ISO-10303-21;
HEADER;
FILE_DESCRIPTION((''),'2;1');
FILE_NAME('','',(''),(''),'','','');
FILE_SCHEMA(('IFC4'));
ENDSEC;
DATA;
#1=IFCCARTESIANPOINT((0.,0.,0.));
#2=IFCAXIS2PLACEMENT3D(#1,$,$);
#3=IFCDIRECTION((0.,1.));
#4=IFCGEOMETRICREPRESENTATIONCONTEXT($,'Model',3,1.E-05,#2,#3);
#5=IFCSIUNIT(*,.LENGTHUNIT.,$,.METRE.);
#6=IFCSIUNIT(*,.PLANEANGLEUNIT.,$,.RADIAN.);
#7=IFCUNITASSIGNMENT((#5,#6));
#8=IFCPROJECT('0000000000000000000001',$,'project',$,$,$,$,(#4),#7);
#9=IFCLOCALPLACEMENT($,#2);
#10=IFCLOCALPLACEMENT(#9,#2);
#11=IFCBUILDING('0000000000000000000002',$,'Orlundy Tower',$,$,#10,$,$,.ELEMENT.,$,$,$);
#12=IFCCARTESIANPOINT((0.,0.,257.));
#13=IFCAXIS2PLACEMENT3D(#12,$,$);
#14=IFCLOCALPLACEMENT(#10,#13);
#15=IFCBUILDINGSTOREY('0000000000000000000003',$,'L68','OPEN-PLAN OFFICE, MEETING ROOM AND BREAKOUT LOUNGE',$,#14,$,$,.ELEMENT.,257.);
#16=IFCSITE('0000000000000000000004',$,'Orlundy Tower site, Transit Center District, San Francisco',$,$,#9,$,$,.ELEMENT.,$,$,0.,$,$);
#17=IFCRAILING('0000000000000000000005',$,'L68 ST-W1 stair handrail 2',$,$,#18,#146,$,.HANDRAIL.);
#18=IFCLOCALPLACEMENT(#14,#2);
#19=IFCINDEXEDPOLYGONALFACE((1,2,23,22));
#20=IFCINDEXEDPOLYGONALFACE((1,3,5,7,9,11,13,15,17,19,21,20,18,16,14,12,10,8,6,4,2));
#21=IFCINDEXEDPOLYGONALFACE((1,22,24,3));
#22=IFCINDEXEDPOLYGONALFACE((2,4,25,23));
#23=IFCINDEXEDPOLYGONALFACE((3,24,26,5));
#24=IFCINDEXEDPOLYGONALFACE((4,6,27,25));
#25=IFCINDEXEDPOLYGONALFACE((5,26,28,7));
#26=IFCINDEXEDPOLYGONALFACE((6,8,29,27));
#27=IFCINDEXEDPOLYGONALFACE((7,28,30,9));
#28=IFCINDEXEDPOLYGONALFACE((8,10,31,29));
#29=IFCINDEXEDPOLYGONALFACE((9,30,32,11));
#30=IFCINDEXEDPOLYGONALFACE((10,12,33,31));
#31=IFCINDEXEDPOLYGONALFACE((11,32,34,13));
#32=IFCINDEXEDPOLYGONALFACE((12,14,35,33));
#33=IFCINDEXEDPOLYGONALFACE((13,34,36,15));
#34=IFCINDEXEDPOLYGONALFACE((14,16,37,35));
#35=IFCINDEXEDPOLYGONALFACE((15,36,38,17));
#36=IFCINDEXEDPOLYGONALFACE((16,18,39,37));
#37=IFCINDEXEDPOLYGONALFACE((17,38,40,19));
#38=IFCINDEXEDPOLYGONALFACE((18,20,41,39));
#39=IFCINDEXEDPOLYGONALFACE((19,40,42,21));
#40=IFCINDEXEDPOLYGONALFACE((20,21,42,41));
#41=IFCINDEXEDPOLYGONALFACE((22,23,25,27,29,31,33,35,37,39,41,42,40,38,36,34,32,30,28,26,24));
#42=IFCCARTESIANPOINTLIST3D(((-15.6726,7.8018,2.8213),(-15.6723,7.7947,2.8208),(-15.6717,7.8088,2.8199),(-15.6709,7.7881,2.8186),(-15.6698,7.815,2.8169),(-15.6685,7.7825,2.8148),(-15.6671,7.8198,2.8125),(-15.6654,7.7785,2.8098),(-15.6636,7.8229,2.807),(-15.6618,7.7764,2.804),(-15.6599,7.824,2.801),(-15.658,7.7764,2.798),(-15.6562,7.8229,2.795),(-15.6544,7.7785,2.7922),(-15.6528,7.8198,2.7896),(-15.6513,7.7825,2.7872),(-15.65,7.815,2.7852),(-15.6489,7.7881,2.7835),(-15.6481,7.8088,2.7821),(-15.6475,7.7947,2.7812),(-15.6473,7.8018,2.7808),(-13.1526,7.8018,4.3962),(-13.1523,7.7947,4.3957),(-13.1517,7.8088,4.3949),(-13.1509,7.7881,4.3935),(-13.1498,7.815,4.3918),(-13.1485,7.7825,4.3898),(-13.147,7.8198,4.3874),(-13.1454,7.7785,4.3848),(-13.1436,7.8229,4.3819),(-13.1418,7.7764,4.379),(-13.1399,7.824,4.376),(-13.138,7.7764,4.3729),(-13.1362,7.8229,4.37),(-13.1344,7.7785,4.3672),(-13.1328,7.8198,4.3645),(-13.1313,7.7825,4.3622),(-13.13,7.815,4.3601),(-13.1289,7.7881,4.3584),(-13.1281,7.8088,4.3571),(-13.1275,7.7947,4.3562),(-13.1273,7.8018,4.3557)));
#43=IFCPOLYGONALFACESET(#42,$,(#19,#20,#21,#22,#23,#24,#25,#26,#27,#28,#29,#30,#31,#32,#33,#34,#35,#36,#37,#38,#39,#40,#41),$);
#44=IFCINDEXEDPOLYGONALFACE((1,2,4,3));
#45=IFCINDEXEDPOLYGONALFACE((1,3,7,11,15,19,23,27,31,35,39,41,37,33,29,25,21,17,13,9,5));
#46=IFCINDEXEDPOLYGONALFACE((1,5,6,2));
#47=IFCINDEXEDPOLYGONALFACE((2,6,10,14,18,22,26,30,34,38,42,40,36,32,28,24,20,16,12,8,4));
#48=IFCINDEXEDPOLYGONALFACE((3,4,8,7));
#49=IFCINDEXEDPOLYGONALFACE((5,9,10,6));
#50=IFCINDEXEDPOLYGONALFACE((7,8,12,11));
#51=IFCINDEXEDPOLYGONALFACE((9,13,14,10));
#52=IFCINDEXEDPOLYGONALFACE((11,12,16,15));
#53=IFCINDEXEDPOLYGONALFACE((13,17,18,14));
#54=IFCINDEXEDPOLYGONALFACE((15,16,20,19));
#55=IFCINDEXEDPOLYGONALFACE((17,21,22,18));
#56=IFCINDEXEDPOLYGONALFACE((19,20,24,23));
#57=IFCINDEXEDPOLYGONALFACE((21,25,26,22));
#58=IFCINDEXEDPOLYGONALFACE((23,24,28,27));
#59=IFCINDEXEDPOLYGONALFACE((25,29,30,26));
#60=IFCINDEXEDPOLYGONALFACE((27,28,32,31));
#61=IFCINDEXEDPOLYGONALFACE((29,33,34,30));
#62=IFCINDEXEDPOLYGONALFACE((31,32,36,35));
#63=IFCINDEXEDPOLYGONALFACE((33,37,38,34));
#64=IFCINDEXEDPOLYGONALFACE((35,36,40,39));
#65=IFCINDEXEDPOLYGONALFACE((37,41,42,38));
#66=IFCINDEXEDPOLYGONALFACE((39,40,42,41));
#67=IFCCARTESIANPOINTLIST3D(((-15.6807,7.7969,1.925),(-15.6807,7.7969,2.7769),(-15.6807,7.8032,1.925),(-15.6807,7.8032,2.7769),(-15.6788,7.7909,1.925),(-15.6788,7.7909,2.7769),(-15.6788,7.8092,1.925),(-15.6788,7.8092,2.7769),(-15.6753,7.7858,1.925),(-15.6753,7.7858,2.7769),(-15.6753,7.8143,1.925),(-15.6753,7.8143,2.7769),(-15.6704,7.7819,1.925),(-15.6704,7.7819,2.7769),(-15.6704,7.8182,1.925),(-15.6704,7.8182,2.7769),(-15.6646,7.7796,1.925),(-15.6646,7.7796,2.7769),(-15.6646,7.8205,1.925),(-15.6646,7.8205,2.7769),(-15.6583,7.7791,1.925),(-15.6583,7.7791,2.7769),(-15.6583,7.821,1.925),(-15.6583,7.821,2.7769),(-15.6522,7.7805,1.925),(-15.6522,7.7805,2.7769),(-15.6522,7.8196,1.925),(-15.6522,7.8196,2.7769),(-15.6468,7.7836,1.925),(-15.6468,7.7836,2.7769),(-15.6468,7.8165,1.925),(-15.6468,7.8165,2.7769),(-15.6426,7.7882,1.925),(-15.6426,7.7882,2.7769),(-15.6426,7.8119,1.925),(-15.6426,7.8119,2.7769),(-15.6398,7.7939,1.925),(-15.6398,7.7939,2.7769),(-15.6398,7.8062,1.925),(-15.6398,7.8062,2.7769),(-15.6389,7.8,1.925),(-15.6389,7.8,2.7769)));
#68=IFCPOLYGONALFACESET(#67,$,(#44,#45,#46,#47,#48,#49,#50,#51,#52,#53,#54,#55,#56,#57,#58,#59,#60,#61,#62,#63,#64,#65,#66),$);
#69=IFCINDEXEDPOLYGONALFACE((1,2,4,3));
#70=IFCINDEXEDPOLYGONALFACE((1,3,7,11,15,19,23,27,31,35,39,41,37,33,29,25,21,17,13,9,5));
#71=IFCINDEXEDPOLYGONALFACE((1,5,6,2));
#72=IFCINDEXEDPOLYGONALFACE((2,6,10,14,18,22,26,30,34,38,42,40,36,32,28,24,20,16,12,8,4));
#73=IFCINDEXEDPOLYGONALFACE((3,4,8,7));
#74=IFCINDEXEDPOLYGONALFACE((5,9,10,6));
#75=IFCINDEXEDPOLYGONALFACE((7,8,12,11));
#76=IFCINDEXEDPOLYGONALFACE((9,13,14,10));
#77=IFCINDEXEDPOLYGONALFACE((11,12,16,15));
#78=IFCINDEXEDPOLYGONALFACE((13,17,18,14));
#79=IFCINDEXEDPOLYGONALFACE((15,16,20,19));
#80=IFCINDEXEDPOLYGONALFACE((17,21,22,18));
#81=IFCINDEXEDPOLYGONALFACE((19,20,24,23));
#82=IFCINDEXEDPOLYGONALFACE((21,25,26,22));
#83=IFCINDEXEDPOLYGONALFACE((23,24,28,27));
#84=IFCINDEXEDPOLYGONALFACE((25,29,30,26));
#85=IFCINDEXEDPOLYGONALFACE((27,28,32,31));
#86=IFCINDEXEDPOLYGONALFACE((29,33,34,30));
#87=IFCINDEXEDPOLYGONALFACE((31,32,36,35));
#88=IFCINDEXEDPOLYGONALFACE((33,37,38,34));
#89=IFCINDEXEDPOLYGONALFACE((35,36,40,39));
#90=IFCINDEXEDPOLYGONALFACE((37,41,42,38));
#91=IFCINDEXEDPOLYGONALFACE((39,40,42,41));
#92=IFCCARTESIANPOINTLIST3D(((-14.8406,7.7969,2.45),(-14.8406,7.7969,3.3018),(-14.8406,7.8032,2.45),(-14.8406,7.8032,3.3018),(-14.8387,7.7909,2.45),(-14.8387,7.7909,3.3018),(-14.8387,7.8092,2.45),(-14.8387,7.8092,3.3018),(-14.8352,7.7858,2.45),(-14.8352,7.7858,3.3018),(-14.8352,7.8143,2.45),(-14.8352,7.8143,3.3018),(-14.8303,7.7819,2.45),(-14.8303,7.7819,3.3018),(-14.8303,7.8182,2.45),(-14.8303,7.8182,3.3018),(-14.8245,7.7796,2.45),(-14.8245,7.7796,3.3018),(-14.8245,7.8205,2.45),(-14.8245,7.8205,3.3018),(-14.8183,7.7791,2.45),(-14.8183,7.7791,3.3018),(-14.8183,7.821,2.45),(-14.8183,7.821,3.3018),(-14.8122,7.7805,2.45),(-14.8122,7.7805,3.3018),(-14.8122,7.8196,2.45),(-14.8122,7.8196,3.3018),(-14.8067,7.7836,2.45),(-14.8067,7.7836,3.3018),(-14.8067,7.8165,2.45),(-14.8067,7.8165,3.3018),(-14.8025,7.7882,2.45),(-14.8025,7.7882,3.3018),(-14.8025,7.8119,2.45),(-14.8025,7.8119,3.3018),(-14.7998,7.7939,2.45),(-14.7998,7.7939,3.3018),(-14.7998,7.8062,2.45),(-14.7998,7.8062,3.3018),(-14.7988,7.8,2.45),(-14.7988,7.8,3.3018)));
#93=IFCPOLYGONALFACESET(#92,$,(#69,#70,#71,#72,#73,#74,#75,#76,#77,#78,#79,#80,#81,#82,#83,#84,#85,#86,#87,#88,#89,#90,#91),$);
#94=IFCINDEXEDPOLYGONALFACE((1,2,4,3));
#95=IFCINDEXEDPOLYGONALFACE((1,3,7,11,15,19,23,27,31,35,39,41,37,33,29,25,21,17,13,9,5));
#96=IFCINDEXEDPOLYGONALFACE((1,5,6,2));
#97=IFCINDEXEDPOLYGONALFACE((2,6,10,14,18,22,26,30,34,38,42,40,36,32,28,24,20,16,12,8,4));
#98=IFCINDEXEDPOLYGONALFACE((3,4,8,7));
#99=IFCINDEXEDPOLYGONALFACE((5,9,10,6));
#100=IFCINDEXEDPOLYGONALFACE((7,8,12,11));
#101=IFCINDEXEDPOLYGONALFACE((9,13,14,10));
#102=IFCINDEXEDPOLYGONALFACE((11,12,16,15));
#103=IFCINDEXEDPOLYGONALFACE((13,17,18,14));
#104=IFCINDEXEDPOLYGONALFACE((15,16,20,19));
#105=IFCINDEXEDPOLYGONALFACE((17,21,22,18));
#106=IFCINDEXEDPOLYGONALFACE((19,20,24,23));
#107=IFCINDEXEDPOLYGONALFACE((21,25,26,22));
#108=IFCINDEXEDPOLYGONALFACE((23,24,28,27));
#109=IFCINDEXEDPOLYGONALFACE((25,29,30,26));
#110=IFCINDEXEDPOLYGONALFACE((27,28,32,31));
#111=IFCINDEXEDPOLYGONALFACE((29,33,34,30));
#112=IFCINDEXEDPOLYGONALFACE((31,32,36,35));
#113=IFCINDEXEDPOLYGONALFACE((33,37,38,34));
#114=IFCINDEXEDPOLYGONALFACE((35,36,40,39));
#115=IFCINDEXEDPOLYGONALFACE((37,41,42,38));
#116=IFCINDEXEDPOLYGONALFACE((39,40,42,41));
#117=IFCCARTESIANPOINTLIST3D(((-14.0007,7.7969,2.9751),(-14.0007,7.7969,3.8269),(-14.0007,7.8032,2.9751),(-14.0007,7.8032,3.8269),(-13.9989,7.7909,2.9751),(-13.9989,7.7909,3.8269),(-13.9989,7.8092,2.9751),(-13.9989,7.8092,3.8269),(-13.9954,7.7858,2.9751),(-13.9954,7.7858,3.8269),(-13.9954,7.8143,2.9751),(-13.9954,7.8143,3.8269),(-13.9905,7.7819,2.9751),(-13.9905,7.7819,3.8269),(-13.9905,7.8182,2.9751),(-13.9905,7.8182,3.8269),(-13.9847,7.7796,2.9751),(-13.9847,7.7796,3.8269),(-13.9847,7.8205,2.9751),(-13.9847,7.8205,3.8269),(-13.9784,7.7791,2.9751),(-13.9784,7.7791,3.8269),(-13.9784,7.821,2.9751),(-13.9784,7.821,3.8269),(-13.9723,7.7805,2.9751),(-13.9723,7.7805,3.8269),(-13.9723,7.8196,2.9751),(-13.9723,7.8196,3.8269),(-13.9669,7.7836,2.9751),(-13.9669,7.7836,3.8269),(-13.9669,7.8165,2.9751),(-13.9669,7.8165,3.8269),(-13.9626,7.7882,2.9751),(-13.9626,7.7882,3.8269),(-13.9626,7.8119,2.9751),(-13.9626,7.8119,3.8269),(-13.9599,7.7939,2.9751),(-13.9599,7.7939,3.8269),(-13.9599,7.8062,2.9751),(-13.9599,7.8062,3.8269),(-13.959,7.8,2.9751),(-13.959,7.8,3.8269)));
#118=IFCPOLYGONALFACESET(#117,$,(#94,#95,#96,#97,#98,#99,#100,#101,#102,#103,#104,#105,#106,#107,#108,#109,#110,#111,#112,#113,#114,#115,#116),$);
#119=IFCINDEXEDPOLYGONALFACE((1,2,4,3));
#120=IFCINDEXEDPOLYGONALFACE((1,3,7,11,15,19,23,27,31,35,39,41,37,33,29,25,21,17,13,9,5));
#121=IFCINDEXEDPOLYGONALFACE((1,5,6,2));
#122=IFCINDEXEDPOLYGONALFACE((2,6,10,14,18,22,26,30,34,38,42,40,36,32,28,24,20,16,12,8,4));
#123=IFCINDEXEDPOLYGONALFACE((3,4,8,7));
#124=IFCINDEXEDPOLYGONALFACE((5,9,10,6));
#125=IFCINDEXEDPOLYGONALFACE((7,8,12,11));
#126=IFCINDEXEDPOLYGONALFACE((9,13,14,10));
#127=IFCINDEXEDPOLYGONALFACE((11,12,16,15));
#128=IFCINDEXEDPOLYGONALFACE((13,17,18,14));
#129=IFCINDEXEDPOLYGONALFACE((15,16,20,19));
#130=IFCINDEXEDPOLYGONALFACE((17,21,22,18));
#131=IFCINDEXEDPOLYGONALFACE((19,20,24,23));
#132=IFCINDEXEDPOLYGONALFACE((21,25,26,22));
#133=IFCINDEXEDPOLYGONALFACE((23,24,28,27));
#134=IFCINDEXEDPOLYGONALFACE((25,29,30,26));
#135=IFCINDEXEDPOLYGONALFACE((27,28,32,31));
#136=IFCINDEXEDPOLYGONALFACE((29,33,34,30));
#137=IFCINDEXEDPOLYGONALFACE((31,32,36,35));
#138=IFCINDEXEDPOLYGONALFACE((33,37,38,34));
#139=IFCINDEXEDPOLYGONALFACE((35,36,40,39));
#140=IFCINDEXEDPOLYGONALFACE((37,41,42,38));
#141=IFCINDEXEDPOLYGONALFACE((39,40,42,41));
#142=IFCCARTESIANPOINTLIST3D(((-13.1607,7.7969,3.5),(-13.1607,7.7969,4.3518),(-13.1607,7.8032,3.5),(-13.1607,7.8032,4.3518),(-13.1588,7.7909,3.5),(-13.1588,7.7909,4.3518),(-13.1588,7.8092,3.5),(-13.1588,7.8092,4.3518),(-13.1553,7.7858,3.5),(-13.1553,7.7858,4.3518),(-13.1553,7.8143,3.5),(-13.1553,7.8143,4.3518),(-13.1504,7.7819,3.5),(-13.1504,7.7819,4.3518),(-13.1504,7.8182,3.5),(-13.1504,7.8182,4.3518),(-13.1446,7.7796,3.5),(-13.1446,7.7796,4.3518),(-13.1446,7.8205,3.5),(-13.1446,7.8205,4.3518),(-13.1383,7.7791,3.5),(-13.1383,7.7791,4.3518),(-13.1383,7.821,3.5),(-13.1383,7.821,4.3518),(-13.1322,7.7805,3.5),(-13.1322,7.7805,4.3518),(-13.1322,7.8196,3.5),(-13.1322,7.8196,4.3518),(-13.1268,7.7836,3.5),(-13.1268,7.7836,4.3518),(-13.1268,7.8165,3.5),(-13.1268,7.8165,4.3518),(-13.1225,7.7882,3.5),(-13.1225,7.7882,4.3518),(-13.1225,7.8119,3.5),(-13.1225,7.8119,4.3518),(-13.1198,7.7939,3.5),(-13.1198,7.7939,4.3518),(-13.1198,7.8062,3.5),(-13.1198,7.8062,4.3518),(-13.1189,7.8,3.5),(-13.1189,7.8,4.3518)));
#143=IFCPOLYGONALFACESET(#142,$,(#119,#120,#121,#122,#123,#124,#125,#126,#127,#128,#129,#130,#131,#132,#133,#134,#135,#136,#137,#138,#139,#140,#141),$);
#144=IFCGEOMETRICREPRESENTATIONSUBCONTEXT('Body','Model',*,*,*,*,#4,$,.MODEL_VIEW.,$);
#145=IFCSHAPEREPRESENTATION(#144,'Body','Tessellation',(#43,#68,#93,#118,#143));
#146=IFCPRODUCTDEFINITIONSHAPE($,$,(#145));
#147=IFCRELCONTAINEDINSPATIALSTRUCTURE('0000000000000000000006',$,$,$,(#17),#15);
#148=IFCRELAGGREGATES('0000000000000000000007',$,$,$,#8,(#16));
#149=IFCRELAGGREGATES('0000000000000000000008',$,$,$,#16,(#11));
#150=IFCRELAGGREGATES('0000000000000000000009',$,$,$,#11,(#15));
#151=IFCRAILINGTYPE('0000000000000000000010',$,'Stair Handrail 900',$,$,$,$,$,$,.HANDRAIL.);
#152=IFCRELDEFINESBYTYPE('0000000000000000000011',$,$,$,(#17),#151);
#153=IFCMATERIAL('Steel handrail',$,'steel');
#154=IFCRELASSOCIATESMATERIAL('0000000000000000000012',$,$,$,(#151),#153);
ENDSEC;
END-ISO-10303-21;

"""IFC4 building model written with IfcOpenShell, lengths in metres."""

from ifc_helpers import new_model, si_unit, direction, frame, origin, origin_2d, place, context, subcontext, project, spatial, circle, extrude, material, type_object, element, save


model = new_model("IFC4")

# Units and contexts
model_context = context("Model", 3, precision=1e-05, world=origin(), true_north=direction((0.0, 1.0)))
body_context = subcontext(model_context, "Body", "Model", "MODEL_VIEW")
ifc_project = project(units=[si_unit("LENGTHUNIT", "METRE"), si_unit("PLANEANGLEUNIT", "RADIAN")], contexts=[model_context])

# Site, building, storey
site_placement = place(None, origin())
site = spatial("IfcSite", under=ifc_project, at=site_placement, Name="Orlundy Tower site, Transit Center District, San Francisco", CompositionType="ELEMENT", RefElevation=0.0)
building_placement = place(site_placement, origin())
building = spatial("IfcBuilding", under=site, at=building_placement, Name="Orlundy Tower", CompositionType="ELEMENT")
storey_placement = place(building_placement, frame((0.0, 0.0, 257.0)))
storey = spatial("IfcBuildingStorey", under=building, at=storey_placement, Name="L68", Description="OPEN-PLAN OFFICE, MEETING ROOM AND BREAKOUT LOUNGE", CompositionType="ELEMENT", Elevation=257.0)

# Railing
ifc_material_1 = material(Name="Steel handrail", Category="steel")
railing_type_1 = type_object("IfcRailingType", Name="Stair Handrail 900", PredefinedType="HANDRAIL", material=ifc_material_1)
railing_1_placement = place(storey_placement, frame((-15.6599, 7.8, 1.925)))
element("IfcRailing", 1, at=railing_1_placement, inside=storey, type_object=railing_type_1, Name="L68 ST-W1 stair handrail 2", PredefinedType="HANDRAIL", context=body_context, shape_type="SweptSolid", body=[
    extrude(circle(Radius=0.0239, at=origin_2d()), frame((0.0, 0.0, 0.876), z_axis=(0.848008, 0.0, 0.529984), x_axis=(0.0, 1.0, 0.0)), (0.0, 0.0, 1.0), 2.9717),
    extrude(circle(Radius=0.021, at=origin_2d()), origin(), (0.0, 0.0, 1.0), 0.8518),
    extrude(circle(Radius=0.021, at=origin_2d()), frame((0.8401, 0.0, 0.5249)), (0.0, 0.0, 1.0), 0.8518),
    extrude(circle(Radius=0.021, at=origin_2d()), frame((1.6799, 0.0, 1.05)), (0.0, 0.0, 1.0), 0.8518),
    extrude(circle(Radius=0.021, at=origin_2d()), frame((2.52, 0.0, 1.575)), (0.0, 0.0, 1.0), 0.8518),
])

save(model, "model.ifc")
